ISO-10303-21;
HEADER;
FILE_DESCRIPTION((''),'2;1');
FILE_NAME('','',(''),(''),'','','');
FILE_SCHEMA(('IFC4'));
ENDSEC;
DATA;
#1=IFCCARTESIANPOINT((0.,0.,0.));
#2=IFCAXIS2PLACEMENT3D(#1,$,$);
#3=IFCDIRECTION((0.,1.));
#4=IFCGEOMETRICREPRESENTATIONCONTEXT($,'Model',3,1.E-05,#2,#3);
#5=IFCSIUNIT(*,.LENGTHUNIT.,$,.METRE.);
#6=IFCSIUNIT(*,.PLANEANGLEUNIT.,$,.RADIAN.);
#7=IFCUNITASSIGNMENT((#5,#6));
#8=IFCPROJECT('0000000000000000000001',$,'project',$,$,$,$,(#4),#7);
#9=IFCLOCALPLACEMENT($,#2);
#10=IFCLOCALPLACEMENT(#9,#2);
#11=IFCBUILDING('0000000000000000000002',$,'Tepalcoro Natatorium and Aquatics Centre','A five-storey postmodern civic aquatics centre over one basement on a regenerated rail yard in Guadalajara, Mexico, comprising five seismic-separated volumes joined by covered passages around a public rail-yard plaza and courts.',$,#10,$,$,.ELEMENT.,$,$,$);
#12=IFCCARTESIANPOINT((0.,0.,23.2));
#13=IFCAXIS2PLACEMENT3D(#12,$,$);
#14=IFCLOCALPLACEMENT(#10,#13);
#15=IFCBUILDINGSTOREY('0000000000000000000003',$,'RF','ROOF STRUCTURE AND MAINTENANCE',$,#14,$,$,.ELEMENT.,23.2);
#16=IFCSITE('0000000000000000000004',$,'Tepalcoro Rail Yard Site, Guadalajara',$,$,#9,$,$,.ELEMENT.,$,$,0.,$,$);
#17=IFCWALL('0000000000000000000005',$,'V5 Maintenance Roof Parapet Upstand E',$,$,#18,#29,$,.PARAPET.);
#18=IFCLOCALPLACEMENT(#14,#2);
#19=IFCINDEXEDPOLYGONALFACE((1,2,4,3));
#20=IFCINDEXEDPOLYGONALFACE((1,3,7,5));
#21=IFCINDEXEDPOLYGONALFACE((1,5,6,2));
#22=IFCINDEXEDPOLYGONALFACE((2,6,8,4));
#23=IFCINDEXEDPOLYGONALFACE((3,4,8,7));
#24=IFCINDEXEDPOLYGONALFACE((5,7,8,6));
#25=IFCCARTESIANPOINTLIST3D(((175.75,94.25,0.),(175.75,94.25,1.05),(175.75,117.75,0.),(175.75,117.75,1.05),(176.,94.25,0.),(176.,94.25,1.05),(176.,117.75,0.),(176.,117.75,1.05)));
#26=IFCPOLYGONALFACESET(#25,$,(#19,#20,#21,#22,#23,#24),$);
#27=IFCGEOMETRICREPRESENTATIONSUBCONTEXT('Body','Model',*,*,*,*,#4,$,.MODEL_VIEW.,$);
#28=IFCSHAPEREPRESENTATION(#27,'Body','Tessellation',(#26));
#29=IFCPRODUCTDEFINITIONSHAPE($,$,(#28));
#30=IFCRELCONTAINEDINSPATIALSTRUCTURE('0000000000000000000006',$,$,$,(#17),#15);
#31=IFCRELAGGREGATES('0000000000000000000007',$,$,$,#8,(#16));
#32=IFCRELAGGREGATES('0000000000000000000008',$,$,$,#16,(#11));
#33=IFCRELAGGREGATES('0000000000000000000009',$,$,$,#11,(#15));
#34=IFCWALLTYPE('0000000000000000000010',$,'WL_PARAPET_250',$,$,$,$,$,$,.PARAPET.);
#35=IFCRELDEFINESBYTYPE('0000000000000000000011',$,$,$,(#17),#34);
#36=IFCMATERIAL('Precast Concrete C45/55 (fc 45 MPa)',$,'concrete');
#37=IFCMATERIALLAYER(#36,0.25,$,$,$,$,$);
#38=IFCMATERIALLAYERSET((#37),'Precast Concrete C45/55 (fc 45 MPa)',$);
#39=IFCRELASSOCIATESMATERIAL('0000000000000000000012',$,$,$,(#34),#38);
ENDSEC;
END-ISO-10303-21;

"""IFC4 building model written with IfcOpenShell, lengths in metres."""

from ifc_helpers import new_model, si_unit, direction, frame, frame_2d, origin, place, context, subcontext, project, spatial, rectangle, extrude, material, layer, layer_set, type_object, element, save


model = new_model("IFC4")

# Units and contexts
model_context = context("Model", 3, precision=1e-05, world=origin(), true_north=direction((0.0, 1.0)))
body_context = subcontext(model_context, "Body", "Model", "MODEL_VIEW")
ifc_project = project(units=[si_unit("LENGTHUNIT", "METRE"), si_unit("PLANEANGLEUNIT", "RADIAN")], contexts=[model_context])

# Site, building, storey
site_placement = place(None, origin())
site = spatial("IfcSite", under=ifc_project, at=site_placement, Name="Tepalcoro Rail Yard Site, Guadalajara", CompositionType="ELEMENT", RefElevation=0.0)
building_placement = place(site_placement, origin())
building = spatial("IfcBuilding", under=site, at=building_placement, Name="Tepalcoro Natatorium and Aquatics Centre", Description="A five-storey postmodern civic aquatics centre over one basement on a regenerated rail yard in Guadalajara, Mexico, comprising five seismic-separated volumes joined by covered passages around a public rail-yard plaza and courts.", CompositionType="ELEMENT")
storey_placement = place(building_placement, frame((0.0, 0.0, 23.2)))
storey = spatial("IfcBuildingStorey", under=building, at=storey_placement, Name="RF", Description="ROOF STRUCTURE AND MAINTENANCE", CompositionType="ELEMENT", Elevation=23.2)

# Wall
ifc_material_1 = material(Name="Precast Concrete C45/55 (fc 45 MPa)", Category="concrete")
ifc_layer_1 = layer(ifc_material_1, 0.25)
ifc_layer_set_1 = layer_set([ifc_layer_1], Name="Precast Concrete C45/55 (fc 45 MPa)")
wall_type = type_object("IfcWallType", Name="WL_PARAPET_250", PredefinedType="PARAPET", material=ifc_layer_set_1)
wall_placement = place(storey_placement, frame((175.875, 94.25, 0.0), z_axis=(0.0, 0.0, 1.0), x_axis=(0.0, 1.0, 0.0)))
element("IfcWall", 1, at=wall_placement, inside=storey, type_object=wall_type, Name="V5 Maintenance Roof Parapet Upstand E", PredefinedType="PARAPET", context=body_context, shape_type="SweptSolid", body=[
    extrude(rectangle(XDim=23.5, YDim=0.25, at=frame_2d((11.75, 0.0))), origin(), (0.0, 0.0, 1.0), 1.05),
])

save(model, "model.ifc")
